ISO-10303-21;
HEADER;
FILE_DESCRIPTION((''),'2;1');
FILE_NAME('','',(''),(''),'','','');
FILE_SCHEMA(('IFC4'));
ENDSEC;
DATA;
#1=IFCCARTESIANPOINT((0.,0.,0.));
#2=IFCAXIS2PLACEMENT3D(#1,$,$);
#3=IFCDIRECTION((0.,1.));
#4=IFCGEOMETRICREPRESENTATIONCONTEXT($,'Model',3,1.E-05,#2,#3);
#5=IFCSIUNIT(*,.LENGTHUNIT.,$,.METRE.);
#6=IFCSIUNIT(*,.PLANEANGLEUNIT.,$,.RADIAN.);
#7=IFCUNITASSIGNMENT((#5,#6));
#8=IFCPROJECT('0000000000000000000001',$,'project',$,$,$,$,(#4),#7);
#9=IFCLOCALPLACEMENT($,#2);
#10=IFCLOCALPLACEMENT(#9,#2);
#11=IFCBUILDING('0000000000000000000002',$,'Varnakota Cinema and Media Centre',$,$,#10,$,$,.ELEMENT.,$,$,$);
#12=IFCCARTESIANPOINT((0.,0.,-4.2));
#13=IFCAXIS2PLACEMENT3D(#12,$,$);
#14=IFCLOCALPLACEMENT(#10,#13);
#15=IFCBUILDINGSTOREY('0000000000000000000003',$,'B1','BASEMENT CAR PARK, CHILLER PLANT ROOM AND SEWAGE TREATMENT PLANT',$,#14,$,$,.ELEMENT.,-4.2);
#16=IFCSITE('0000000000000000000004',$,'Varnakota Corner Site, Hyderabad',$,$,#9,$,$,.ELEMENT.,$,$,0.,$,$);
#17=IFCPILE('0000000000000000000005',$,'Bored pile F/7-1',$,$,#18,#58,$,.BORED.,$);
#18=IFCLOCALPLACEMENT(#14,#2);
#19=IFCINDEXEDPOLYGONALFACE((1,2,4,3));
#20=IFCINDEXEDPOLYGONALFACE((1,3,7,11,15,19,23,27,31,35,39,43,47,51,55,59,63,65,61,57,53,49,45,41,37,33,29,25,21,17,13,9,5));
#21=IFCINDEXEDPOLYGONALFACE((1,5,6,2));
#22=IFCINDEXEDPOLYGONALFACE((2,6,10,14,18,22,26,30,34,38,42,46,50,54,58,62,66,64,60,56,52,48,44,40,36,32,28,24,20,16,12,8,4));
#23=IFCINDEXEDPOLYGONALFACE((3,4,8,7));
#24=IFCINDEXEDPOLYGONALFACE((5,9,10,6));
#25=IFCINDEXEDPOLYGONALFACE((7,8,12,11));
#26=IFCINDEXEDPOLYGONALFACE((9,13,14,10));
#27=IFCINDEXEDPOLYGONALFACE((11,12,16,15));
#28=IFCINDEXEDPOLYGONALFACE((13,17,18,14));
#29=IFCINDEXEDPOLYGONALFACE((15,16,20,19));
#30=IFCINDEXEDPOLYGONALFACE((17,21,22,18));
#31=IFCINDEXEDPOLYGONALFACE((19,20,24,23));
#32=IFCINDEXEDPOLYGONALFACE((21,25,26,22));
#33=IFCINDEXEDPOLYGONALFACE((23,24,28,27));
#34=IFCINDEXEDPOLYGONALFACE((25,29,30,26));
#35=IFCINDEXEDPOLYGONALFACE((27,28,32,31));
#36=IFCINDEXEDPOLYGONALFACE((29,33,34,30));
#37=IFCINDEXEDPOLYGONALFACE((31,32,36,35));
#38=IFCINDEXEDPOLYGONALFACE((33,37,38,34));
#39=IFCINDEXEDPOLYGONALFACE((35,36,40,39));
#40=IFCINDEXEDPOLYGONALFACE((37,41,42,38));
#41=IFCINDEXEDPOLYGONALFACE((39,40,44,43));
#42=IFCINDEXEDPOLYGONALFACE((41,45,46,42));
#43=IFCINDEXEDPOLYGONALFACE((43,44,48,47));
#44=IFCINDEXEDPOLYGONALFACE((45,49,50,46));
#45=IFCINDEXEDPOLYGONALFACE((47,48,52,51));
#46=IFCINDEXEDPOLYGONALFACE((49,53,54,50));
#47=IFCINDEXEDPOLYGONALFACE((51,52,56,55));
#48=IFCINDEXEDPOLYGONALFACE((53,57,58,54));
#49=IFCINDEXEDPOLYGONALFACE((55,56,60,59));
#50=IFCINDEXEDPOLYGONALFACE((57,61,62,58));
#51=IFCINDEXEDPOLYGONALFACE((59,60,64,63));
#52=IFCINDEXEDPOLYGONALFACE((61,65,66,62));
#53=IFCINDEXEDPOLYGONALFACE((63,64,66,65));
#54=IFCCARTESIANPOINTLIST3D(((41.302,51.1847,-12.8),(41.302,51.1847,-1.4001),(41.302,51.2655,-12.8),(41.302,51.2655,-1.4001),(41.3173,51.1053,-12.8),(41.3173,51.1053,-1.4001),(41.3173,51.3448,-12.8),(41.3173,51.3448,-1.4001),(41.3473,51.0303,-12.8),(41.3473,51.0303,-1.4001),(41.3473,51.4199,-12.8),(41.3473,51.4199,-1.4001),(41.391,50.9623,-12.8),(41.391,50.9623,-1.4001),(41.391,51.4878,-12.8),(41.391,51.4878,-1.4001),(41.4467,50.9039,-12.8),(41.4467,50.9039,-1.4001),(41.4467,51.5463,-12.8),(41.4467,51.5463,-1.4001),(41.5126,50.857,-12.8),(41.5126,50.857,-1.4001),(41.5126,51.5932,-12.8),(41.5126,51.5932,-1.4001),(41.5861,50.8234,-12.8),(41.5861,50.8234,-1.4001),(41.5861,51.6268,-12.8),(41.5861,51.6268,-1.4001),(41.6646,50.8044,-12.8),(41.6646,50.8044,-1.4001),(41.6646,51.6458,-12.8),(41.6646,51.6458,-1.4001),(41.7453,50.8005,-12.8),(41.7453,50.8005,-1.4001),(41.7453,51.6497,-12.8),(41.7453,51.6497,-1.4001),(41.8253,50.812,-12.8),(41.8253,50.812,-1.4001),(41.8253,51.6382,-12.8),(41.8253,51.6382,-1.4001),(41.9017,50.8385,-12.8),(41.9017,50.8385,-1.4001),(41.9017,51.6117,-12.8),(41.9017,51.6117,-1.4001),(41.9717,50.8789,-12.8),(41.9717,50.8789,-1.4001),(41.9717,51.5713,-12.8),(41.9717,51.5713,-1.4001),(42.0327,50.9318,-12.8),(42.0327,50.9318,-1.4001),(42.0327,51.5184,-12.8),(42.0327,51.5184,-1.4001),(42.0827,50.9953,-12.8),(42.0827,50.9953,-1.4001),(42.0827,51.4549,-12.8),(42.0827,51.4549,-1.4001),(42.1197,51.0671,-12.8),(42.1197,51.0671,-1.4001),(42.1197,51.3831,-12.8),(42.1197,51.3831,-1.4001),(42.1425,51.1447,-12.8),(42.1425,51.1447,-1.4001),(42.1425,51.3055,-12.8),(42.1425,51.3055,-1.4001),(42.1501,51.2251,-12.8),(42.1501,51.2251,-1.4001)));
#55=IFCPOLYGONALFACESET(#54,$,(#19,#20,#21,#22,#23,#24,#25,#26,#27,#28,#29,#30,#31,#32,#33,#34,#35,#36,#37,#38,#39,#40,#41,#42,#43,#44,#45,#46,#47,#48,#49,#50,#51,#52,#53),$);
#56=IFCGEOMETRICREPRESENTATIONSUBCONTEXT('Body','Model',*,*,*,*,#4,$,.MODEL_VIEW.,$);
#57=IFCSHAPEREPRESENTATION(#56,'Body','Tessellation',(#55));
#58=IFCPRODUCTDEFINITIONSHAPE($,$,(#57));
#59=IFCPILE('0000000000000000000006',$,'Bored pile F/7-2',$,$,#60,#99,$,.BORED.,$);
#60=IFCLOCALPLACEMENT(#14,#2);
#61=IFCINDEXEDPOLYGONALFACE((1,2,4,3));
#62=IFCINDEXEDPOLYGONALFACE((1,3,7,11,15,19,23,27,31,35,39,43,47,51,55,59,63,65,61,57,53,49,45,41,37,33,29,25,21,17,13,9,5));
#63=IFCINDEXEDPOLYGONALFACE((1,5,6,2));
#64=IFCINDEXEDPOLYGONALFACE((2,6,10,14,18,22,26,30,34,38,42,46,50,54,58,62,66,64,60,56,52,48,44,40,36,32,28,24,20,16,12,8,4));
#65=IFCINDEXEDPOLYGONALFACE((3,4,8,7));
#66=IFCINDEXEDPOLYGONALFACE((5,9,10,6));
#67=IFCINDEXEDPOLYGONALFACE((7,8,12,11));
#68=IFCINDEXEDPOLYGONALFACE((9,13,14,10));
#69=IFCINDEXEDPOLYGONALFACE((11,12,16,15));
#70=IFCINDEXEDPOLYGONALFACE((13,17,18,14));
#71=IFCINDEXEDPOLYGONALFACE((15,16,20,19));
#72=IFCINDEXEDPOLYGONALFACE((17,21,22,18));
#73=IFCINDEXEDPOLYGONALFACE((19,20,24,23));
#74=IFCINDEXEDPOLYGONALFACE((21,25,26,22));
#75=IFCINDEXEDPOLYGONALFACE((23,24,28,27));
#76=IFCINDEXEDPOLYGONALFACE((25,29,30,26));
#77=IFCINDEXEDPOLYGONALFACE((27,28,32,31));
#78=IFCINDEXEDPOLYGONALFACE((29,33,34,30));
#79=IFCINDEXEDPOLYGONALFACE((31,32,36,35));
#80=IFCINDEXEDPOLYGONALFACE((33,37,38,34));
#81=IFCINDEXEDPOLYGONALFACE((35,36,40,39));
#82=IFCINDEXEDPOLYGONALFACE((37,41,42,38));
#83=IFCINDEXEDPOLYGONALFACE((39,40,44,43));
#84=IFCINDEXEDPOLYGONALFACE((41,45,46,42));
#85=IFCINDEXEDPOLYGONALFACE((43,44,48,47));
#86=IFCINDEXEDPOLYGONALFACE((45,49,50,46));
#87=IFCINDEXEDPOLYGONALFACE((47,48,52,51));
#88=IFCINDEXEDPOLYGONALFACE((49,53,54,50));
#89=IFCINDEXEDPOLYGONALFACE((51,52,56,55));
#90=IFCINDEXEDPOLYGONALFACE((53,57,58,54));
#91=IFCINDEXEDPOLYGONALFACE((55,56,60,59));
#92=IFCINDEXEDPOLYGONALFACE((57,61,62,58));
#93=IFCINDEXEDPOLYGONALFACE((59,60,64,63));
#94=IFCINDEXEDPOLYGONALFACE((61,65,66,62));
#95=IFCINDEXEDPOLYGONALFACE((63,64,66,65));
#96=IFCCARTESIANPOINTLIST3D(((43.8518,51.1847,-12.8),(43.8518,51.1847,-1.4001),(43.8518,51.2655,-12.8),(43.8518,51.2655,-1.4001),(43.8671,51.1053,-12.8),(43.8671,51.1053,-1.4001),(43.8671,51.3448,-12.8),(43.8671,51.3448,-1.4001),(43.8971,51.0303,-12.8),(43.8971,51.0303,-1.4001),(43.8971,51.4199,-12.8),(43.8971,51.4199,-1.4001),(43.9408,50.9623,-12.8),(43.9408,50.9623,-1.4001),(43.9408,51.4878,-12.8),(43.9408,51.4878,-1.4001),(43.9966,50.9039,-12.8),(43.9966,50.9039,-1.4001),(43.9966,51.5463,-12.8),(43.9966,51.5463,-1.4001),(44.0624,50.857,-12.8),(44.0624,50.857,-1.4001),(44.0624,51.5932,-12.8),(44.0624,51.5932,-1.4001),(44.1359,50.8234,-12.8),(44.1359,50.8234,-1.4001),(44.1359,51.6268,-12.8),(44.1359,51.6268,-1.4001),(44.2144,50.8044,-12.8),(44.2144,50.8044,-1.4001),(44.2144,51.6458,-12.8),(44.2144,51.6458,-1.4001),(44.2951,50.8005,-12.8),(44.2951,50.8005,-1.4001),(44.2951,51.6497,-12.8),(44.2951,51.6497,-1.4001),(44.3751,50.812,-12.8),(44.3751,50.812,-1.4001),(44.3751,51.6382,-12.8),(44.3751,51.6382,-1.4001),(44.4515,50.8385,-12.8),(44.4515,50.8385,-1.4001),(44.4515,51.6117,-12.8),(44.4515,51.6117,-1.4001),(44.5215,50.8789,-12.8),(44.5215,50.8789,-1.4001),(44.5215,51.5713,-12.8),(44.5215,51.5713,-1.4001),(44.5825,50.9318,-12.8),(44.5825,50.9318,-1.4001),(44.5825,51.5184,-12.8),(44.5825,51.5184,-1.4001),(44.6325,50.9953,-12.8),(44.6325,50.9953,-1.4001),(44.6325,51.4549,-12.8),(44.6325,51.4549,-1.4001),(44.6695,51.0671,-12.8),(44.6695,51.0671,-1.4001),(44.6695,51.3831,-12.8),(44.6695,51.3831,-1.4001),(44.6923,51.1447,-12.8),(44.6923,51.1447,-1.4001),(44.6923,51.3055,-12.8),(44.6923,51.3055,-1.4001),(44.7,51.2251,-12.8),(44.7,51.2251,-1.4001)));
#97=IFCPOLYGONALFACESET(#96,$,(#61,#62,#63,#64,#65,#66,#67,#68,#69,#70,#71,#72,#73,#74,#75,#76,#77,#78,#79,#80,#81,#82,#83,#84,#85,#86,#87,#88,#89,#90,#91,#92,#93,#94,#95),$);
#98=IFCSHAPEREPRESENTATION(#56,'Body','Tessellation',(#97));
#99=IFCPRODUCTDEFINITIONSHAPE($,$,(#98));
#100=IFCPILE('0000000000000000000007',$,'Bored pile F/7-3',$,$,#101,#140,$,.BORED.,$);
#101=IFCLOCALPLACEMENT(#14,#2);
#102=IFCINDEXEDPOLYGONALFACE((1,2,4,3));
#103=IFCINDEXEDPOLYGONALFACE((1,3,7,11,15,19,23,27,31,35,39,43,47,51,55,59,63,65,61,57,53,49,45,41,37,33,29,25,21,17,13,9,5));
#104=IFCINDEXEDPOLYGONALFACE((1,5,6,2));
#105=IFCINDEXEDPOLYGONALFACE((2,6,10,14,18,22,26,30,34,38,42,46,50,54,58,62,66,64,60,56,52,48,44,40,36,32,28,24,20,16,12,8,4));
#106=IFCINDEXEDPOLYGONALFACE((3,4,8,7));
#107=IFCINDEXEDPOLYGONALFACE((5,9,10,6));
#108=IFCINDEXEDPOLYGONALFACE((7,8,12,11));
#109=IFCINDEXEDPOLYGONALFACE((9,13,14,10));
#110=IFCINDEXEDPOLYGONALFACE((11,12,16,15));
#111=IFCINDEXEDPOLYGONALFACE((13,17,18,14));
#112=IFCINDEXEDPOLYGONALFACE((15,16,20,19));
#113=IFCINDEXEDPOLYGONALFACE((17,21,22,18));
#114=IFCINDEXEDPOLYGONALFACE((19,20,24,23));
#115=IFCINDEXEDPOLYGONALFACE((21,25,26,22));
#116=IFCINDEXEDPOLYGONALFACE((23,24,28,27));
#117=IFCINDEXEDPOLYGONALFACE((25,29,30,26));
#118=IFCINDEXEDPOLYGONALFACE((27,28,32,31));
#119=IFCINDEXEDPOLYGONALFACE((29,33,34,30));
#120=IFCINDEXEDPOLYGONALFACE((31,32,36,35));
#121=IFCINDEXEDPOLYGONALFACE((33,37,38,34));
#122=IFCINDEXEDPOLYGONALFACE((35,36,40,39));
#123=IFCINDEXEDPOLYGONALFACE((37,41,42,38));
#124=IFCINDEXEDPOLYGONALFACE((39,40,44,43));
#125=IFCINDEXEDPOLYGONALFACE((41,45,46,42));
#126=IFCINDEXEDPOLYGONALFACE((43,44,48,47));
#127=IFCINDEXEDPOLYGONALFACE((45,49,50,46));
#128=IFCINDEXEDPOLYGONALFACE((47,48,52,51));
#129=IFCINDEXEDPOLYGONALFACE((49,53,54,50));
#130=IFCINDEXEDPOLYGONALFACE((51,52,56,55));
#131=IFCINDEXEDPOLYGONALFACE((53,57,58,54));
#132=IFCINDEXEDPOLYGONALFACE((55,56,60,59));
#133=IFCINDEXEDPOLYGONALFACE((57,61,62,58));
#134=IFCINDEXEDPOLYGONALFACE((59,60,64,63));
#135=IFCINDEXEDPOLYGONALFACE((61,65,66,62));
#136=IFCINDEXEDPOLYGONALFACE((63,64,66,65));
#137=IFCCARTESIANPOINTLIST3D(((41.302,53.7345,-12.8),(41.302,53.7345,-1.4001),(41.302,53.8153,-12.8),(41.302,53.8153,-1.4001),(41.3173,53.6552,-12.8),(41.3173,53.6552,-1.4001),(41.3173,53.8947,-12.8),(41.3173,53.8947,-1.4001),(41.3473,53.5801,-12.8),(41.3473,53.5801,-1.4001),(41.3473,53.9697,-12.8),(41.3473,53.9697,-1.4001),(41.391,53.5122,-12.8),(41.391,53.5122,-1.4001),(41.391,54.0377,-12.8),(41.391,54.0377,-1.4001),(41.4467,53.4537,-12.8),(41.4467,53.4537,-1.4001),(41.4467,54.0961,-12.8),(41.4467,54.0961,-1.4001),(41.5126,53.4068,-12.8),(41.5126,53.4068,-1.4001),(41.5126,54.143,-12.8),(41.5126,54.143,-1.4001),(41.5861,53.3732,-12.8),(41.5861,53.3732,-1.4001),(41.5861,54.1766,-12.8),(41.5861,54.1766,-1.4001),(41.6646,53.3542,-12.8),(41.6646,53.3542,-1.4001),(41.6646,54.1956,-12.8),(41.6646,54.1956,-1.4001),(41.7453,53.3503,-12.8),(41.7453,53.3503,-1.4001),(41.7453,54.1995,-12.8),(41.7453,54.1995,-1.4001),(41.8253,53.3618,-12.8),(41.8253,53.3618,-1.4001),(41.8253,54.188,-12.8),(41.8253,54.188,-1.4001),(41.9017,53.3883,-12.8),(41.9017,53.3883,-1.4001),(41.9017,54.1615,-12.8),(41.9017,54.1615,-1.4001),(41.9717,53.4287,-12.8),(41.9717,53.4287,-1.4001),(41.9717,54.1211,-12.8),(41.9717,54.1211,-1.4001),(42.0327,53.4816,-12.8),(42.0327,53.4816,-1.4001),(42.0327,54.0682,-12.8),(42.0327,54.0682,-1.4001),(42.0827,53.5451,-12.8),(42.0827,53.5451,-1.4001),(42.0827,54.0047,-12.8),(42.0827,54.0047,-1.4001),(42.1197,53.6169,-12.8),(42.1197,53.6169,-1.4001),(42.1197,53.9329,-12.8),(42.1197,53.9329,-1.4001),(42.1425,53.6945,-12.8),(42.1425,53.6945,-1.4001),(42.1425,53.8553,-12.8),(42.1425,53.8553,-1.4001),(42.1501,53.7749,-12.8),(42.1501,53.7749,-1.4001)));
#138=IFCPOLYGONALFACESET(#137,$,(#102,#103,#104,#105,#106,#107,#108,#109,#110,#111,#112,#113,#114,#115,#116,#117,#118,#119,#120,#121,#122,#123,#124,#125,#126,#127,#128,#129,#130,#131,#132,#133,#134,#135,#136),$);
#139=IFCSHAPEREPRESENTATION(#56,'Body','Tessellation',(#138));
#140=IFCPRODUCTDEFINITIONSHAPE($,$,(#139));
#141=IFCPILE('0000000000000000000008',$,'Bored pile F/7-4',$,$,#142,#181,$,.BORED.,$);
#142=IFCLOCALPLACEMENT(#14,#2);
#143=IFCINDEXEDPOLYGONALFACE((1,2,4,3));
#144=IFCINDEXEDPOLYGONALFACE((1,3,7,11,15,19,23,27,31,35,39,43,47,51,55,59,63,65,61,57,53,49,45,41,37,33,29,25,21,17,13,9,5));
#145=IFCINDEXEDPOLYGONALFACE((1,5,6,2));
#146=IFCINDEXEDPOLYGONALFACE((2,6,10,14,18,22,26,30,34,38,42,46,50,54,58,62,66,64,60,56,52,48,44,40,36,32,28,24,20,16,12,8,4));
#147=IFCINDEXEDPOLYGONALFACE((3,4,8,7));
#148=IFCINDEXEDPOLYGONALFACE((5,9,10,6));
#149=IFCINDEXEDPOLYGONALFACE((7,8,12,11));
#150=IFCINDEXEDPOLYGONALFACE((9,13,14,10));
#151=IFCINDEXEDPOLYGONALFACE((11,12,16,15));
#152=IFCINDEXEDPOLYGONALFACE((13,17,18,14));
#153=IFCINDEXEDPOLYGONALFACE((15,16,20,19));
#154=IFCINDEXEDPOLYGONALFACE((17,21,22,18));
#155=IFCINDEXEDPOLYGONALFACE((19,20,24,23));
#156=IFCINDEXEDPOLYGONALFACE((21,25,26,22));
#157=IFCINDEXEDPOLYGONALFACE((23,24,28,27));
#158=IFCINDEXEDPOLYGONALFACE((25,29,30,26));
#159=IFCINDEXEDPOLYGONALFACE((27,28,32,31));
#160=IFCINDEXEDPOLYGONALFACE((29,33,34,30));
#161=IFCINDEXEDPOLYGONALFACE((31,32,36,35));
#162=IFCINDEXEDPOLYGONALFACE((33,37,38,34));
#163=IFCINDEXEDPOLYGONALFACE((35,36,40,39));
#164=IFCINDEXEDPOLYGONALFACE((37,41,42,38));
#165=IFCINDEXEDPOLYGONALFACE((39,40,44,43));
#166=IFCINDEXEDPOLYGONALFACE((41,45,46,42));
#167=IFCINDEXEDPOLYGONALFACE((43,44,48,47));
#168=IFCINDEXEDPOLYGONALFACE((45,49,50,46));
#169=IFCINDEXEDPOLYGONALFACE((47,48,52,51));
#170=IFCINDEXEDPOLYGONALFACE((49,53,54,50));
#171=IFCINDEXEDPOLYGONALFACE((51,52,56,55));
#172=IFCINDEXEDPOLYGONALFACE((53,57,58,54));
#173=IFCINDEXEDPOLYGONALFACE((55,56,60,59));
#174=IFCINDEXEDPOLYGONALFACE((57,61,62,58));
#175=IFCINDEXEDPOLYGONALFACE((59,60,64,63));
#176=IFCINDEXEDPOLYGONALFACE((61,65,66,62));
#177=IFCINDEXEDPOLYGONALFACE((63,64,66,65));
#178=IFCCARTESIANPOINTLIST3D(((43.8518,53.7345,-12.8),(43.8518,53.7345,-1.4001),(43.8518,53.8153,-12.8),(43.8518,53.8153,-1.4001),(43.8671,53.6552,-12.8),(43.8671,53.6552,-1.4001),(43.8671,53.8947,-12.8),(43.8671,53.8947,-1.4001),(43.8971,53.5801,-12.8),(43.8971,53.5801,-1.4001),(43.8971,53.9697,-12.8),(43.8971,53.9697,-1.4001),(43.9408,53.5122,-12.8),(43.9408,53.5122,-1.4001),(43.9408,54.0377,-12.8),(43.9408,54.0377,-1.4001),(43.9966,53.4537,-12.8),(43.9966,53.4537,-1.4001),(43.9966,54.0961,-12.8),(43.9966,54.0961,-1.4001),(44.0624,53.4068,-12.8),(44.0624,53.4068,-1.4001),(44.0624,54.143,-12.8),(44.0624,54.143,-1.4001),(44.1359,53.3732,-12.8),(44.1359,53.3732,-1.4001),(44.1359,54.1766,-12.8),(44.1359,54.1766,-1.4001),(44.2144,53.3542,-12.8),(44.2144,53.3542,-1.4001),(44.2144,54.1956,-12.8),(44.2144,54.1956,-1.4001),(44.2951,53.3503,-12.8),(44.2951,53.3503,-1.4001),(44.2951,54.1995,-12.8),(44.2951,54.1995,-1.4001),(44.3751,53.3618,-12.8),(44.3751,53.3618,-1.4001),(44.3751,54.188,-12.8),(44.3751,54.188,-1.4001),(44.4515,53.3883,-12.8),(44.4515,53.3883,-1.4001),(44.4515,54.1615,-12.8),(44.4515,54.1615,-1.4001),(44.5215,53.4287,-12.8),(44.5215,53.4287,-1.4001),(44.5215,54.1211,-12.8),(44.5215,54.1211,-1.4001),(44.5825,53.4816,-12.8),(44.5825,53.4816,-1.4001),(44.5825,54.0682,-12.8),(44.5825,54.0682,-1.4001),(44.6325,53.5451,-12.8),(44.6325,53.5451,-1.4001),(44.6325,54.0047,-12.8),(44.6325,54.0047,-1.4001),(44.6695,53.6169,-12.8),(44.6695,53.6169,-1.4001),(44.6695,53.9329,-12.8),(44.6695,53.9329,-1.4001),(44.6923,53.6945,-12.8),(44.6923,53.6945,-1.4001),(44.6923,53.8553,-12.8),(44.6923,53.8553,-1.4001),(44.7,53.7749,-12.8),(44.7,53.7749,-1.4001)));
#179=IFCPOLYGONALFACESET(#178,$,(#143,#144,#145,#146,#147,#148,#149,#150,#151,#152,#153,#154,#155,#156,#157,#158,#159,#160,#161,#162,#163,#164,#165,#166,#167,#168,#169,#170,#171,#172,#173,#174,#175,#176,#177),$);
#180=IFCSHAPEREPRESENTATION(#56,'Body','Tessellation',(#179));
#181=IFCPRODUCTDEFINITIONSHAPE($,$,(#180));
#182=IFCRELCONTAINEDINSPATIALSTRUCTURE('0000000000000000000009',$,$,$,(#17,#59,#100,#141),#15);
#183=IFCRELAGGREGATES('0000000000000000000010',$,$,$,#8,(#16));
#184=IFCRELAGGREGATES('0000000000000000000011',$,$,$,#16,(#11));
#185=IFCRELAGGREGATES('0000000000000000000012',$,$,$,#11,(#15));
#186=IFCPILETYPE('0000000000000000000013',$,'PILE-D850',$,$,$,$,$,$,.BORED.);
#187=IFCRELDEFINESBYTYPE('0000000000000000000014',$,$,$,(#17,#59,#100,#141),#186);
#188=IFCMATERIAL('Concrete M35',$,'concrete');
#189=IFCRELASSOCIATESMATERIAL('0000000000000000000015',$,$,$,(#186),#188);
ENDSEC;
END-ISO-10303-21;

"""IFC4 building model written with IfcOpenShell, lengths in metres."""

from ifc_helpers import new_model, si_unit, direction, frame, origin, origin_2d, place, context, subcontext, project, spatial, circle, extrude, material, material_profile, profile_set, type_object, element, save


model = new_model("IFC4")

# Units and contexts
model_context = context("Model", 3, precision=1e-05, world=origin(), true_north=direction((0.0, 1.0)))
body_context = subcontext(model_context, "Body", "Model", "MODEL_VIEW")
ifc_project = project(units=[si_unit("LENGTHUNIT", "METRE"), si_unit("PLANEANGLEUNIT", "RADIAN")], contexts=[model_context])

# Site, building, storey
site_placement = place(None, origin())
site = spatial("IfcSite", under=ifc_project, at=site_placement, Name="Varnakota Corner Site, Hyderabad", CompositionType="ELEMENT", RefElevation=0.0)
building_placement = place(site_placement, origin())
building = spatial("IfcBuilding", under=site, at=building_placement, Name="Varnakota Cinema and Media Centre", CompositionType="ELEMENT")
storey_placement = place(building_placement, frame((0.0, 0.0, -4.2)))
storey = spatial("IfcBuildingStorey", under=building, at=storey_placement, Name="B1", Description="BASEMENT CAR PARK, CHILLER PLANT ROOM AND SEWAGE TREATMENT PLANT", CompositionType="ELEMENT", Elevation=-4.2)

# Piles
ifc_material_1 = material(Name="Concrete M35", Category="concrete")
ifc_material_profile_1 = material_profile(ifc_material_1, circle(Radius=0.425, at=origin_2d()), Name="PILE D850")
ifc_profile_set_1 = profile_set([ifc_material_profile_1], Name="Concrete M35")
pile_type_1 = type_object("IfcPileType", Name="PILE-D850", PredefinedType="BORED", material=ifc_profile_set_1)
for number, where, z_axis, x_axis, name in (
    (1, (41.7251, 51.2251, -1.4001), (0.0, 0.0, -1.0), (1.0, 0.0, 0.0), "Bored pile F/7-1"),
    (2, (44.2749, 51.2251, -1.4001), (0.0, 0.0, -1.0), (1.0, 0.0, 0.0), "Bored pile F/7-2"),
    (3, (41.7251, 53.7749, -1.4001), (0.0, 0.0, -1.0), (1.0, 0.0, 0.0), "Bored pile F/7-3"),
    (4, (44.2749, 53.7749, -1.4001), (0.0, 0.0, -1.0), (1.0, 0.0, 0.0), "Bored pile F/7-4"),
):
    element("IfcPile", number, at=place(storey_placement, frame(where, z_axis=z_axis, x_axis=x_axis)), inside=storey, type_object=pile_type_1, Name=name, PredefinedType="BORED", context=body_context, shape_type="SweptSolid", body=[
        extrude(circle(Radius=0.425, at=origin_2d()), origin(), (0.0, 0.0, 1.0), 11.3999),
    ])

save(model, "model.ifc")
